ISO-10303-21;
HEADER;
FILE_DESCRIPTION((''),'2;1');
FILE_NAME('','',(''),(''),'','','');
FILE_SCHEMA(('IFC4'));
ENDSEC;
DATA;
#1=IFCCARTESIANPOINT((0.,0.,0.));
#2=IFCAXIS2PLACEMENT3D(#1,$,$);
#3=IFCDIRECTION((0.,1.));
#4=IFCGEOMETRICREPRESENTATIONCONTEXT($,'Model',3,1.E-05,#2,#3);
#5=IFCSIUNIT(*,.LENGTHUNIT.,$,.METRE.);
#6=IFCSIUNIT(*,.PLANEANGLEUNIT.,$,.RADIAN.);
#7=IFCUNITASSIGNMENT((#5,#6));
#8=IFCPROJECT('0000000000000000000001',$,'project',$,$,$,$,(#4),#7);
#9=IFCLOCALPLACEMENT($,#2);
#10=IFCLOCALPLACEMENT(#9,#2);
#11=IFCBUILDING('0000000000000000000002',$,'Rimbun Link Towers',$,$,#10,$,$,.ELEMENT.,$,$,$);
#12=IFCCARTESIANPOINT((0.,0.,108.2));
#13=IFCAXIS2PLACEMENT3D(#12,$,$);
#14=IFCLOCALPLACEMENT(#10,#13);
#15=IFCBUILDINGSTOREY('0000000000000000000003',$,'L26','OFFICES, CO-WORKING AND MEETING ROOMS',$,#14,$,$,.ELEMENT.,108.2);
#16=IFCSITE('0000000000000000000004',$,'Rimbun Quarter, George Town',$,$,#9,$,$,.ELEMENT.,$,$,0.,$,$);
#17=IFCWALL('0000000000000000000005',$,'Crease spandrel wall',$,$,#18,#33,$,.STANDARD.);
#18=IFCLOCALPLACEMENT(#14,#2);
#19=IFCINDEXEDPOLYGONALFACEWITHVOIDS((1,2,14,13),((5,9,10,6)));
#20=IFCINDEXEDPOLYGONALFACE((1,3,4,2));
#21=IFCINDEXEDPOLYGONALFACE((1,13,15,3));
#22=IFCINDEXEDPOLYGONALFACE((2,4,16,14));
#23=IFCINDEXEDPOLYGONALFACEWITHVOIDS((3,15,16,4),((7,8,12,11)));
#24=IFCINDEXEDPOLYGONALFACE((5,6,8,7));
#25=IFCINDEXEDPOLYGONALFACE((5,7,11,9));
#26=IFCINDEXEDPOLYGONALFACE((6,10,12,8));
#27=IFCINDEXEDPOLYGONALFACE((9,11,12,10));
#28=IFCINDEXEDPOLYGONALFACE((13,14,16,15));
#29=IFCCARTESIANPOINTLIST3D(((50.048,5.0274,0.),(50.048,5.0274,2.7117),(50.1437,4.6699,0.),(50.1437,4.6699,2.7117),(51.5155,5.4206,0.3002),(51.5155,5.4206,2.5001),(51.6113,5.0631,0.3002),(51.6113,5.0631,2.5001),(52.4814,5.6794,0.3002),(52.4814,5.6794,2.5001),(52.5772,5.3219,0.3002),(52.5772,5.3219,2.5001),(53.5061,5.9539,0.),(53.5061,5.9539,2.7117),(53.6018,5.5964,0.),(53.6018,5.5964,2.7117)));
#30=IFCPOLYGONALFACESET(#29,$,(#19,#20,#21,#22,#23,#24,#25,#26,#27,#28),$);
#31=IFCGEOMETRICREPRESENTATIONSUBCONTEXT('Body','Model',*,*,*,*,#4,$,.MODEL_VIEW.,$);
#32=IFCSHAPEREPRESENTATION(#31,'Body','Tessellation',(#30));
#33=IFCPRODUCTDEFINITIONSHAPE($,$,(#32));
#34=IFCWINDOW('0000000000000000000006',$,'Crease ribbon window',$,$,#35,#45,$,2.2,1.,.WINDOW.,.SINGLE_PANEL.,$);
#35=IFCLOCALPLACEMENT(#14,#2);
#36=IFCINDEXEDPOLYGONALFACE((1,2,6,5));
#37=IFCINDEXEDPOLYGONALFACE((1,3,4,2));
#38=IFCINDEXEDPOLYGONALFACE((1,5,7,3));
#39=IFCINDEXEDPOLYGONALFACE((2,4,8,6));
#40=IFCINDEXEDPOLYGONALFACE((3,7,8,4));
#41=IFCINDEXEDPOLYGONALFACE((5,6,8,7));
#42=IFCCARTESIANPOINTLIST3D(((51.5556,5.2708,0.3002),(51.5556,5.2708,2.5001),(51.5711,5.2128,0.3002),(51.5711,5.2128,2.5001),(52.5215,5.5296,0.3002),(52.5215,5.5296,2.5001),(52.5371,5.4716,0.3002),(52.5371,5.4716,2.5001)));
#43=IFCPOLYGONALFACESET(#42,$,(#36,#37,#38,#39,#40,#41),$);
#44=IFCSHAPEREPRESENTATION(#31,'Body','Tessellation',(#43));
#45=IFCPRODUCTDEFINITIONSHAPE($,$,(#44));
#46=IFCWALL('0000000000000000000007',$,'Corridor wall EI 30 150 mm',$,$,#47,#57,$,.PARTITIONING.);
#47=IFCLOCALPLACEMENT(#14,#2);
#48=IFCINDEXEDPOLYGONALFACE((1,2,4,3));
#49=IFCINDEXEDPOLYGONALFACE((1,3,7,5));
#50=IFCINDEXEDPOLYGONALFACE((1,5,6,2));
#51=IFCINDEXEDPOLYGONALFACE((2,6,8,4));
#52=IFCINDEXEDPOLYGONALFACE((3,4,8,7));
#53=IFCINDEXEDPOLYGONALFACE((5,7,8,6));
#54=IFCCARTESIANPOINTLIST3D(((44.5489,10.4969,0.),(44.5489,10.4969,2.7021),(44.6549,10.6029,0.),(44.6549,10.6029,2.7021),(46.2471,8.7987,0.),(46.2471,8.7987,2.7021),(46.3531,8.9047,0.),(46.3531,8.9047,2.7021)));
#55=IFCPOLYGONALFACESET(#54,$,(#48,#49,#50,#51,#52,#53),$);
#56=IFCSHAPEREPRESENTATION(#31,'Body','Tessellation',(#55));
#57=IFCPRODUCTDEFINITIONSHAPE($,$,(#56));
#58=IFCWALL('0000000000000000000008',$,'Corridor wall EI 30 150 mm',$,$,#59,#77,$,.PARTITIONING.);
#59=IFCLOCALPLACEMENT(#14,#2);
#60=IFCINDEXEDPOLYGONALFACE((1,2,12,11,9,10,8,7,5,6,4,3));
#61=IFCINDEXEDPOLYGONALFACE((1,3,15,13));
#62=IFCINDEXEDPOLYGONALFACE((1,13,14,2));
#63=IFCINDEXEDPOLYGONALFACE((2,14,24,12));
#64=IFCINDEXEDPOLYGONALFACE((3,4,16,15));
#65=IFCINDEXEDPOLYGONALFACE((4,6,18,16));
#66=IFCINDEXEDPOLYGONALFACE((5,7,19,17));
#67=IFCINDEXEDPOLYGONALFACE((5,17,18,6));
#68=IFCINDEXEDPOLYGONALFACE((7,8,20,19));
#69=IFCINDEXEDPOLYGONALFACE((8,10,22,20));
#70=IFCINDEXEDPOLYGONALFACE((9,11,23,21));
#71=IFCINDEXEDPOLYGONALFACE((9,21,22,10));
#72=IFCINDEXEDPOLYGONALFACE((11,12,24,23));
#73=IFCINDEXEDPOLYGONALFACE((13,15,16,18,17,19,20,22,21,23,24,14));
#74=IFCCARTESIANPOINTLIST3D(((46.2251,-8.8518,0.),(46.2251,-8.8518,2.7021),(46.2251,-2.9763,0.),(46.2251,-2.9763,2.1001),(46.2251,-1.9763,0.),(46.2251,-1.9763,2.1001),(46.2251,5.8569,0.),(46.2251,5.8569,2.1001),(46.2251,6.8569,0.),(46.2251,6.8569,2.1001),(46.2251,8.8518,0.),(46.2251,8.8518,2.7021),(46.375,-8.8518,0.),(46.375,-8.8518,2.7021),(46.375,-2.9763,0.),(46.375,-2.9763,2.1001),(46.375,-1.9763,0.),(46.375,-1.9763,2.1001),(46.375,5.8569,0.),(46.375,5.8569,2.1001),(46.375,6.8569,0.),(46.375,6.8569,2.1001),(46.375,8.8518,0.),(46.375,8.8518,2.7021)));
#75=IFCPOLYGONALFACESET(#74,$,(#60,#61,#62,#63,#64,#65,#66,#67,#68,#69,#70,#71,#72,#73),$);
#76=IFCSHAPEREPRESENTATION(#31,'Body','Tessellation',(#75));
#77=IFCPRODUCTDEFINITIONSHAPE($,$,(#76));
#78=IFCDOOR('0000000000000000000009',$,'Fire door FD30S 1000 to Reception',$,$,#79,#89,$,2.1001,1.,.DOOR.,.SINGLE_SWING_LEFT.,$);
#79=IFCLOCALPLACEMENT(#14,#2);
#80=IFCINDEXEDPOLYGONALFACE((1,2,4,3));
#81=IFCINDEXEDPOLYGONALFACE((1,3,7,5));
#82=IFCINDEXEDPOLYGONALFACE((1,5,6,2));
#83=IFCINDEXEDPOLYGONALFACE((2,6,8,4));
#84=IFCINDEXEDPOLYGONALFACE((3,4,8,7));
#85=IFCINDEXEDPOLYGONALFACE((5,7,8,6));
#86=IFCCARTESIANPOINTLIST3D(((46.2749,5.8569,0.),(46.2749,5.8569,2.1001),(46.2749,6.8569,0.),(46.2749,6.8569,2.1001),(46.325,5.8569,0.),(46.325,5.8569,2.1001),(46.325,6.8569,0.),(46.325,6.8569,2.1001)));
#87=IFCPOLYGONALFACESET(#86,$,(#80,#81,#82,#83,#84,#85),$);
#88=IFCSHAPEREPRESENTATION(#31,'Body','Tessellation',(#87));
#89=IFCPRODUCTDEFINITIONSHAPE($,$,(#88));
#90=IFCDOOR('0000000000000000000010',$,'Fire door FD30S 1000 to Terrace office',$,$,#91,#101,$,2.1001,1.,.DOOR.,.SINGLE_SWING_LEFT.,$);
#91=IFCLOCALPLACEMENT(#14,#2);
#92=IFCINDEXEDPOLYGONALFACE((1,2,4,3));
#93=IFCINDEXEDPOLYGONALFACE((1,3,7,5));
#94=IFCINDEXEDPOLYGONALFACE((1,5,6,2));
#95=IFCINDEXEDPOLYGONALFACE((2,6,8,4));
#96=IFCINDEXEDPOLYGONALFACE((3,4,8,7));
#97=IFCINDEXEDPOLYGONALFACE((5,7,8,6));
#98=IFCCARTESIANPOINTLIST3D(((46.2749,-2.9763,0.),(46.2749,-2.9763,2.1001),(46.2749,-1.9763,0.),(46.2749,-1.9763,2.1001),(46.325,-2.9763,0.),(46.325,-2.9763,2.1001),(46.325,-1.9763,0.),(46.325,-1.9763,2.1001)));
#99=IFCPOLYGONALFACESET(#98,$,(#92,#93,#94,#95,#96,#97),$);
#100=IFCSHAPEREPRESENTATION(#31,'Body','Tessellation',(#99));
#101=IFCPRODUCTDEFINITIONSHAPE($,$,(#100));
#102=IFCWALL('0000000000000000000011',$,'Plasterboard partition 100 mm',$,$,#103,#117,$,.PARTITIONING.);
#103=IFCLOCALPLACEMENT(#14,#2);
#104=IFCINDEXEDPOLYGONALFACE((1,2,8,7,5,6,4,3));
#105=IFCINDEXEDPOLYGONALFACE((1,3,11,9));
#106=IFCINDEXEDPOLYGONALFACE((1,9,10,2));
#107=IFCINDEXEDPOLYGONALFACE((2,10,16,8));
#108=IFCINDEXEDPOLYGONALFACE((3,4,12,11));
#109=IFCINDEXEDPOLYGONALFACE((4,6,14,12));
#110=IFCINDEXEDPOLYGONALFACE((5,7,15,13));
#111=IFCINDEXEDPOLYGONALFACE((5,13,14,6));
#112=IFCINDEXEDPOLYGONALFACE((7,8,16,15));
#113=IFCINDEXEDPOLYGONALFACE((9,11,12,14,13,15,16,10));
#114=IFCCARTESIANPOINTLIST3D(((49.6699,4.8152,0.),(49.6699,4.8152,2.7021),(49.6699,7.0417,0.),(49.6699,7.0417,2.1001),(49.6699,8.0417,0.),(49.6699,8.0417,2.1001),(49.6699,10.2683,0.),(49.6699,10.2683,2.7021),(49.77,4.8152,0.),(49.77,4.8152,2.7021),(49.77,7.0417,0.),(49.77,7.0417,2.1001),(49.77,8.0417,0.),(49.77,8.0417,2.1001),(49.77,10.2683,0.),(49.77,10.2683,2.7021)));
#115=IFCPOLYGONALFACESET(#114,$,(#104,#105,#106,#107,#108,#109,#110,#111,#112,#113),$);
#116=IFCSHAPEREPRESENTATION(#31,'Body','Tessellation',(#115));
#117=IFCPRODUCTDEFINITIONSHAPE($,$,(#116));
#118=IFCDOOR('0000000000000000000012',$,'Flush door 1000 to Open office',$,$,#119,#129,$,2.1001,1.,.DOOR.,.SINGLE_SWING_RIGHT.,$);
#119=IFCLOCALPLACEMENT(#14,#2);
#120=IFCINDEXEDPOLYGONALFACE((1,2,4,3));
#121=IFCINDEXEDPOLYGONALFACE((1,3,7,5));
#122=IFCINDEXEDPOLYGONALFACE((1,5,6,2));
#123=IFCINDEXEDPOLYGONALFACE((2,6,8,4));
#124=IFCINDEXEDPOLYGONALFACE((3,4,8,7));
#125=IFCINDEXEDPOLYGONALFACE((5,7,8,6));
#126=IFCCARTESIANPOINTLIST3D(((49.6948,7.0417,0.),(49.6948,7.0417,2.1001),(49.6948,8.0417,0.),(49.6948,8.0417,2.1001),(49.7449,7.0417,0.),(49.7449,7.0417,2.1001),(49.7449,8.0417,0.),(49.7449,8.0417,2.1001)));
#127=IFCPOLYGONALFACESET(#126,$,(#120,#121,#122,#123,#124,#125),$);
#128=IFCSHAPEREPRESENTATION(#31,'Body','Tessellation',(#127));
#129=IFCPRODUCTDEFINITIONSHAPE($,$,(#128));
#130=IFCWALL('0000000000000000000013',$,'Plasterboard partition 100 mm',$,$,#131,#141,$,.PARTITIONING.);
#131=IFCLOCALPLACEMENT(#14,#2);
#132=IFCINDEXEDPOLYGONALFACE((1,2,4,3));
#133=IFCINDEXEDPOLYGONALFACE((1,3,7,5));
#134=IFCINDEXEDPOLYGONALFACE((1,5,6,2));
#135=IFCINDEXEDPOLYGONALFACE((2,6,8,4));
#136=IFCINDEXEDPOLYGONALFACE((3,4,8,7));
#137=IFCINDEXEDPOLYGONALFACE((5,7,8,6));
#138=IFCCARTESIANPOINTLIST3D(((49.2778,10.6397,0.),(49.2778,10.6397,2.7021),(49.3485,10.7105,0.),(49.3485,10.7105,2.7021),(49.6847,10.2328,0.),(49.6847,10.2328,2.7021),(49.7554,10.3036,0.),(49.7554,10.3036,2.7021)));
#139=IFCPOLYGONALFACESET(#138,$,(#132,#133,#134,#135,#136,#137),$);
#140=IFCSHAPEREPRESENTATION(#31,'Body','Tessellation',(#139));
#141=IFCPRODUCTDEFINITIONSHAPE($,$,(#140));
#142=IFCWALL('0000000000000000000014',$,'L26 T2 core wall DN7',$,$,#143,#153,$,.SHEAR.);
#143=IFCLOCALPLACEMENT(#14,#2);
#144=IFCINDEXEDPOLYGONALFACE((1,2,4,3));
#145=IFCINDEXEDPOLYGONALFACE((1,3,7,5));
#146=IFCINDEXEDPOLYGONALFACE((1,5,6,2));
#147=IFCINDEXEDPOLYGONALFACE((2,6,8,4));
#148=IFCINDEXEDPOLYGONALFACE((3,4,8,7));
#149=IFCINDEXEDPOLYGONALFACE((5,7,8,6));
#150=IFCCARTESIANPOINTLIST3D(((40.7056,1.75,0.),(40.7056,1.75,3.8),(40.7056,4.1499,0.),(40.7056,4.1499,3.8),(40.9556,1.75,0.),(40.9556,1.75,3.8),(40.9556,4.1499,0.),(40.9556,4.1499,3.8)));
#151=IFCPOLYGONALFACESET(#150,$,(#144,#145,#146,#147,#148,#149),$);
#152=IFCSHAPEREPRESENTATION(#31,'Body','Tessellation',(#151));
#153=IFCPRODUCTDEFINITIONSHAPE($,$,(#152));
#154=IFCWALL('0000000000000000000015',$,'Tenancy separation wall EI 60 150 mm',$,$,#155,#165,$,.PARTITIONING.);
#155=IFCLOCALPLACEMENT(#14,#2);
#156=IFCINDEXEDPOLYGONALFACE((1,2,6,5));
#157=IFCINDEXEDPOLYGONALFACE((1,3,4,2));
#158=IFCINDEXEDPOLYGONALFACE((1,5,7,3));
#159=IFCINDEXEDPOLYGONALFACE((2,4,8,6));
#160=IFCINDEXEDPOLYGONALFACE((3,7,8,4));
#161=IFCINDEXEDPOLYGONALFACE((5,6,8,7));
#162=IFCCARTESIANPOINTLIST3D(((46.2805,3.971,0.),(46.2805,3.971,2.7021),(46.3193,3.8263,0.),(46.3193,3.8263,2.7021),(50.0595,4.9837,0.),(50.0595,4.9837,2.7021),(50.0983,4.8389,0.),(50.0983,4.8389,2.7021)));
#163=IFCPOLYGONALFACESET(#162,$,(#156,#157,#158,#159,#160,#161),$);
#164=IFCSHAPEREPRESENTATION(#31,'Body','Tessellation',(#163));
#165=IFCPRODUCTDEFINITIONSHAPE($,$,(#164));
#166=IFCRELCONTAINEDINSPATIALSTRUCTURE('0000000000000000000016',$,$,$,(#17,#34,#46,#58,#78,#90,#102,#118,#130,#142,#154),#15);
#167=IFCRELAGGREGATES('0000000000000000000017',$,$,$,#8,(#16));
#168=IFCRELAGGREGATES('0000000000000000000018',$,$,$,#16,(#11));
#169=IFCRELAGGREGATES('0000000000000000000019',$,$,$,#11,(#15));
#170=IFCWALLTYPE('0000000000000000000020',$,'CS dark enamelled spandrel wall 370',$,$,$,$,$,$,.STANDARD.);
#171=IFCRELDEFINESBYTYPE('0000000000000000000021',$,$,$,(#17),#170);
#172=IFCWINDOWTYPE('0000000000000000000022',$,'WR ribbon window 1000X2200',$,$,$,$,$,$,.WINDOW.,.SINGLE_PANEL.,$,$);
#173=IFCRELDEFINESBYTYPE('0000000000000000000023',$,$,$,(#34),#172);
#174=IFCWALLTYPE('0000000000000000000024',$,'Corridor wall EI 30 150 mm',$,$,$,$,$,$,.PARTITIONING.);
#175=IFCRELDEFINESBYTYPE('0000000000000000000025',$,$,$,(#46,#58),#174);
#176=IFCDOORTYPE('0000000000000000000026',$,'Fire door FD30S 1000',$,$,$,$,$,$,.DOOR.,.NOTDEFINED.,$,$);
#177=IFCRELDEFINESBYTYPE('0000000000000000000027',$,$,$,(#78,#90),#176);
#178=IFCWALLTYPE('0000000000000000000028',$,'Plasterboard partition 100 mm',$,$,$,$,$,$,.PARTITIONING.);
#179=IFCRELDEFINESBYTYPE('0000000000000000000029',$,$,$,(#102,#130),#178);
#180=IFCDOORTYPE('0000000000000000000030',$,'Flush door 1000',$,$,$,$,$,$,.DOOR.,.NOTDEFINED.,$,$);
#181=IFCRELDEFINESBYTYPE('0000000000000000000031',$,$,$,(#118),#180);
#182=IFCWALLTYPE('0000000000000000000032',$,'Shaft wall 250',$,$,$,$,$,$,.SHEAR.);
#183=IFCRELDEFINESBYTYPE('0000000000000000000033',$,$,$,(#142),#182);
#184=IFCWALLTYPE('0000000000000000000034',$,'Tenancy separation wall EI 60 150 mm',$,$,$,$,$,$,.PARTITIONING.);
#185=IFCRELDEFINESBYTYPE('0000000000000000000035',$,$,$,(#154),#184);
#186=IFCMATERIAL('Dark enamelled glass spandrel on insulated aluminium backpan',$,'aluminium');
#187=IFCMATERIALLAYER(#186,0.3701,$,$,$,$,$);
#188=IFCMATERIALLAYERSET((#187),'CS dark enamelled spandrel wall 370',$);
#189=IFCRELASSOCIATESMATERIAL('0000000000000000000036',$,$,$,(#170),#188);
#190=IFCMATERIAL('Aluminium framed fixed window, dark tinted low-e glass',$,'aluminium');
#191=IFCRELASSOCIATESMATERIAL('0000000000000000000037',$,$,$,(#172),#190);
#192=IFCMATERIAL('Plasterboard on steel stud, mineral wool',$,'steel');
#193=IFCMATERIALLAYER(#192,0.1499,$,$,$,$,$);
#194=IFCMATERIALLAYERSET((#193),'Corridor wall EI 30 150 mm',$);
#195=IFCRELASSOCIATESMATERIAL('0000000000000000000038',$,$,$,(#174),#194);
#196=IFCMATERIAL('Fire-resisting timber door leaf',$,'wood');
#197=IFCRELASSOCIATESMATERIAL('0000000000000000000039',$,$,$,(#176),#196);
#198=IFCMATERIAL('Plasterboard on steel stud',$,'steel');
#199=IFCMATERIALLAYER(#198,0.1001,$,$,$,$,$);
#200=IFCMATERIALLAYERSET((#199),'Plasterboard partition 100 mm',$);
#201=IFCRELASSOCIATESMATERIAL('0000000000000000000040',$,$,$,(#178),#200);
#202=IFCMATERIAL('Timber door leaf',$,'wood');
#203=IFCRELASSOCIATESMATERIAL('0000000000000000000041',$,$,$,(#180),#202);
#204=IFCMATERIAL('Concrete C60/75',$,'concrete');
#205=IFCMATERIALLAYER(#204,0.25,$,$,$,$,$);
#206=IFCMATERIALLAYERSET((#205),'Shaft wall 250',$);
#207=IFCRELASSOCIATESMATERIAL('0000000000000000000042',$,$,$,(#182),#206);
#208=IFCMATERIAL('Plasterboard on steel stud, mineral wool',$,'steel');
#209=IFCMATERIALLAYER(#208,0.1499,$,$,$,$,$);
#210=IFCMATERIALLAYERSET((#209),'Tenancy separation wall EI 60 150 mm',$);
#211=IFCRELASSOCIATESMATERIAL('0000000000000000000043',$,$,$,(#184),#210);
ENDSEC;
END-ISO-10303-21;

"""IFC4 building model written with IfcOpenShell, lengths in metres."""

from ifc_helpers import new_model, si_unit, direction, frame, frame_2d, origin, place, context, subcontext, project, spatial, rectangle, extrude, material, layer, layer_set, type_object, element, fill, save


model = new_model("IFC4")

# Units and contexts
model_context = context("Model", 3, precision=1e-05, world=origin(), true_north=direction((0.0, 1.0)))
body_context = subcontext(model_context, "Body", "Model", "MODEL_VIEW")
ifc_project = project(units=[si_unit("LENGTHUNIT", "METRE"), si_unit("PLANEANGLEUNIT", "RADIAN")], contexts=[model_context])

# Site, building, storey
site_placement = place(None, origin())
site = spatial("IfcSite", under=ifc_project, at=site_placement, Name="Rimbun Quarter, George Town", CompositionType="ELEMENT", RefElevation=0.0)
building_placement = place(site_placement, origin())
building = spatial("IfcBuilding", under=site, at=building_placement, Name="Rimbun Link Towers", CompositionType="ELEMENT")
storey_placement = place(building_placement, frame((0.0, 0.0, 108.2)))
storey = spatial("IfcBuildingStorey", under=building, at=storey_placement, Name="L26", Description="OFFICES, CO-WORKING AND MEETING ROOMS", CompositionType="ELEMENT", Elevation=108.2)

# Wall, opening, window
ifc_material_1 = material(Name="Dark enamelled glass spandrel on insulated aluminium backpan", Category="aluminium")
ifc_layer_1 = layer(ifc_material_1, 0.3701)
ifc_layer_set_1 = layer_set([ifc_layer_1], Name="CS dark enamelled spandrel wall 370")
wall_type_1 = type_object("IfcWallType", Name="CS dark enamelled spandrel wall 370", PredefinedType="STANDARD", material=ifc_layer_set_1)
wall_1_placement = place(storey_placement, frame((53.554, 5.7751, 0.0), z_axis=(0.0, 0.0, 1.0), x_axis=(-0.96593, -0.258804, 0.0)))
wall_1 = element("IfcWall", 1, at=wall_1_placement, inside=storey, type_object=wall_type_1, Name="Crease spandrel wall", PredefinedType="STANDARD", context=body_context, shape_type="SweptSolid", body=[
    extrude(rectangle(XDim=3.5801, YDim=0.3701, at=frame_2d((1.79, 0.0))), origin(), (0.0, 0.0, 1.0), 2.7117),
])
opening_1_placement = place(wall_1_placement, frame((1.0608, 0.0, 0.3)))
opening_1 = element("IfcOpeningElement", 2, at=opening_1_placement, cuts=wall_1, PredefinedType="OPENING", context=body_context, shape_type="SweptSolid", body=[
    extrude(rectangle(XDim=1.0, YDim=2.2, at=frame_2d((0.5, 1.1001))), frame((0.0, 0.1951, 0.0), z_axis=(0.0, -1.0, 0.0), x_axis=(1.0, 0.0, 0.0)), (0.0, 0.0, 1.0), 0.3901),
])
ifc_material_2 = material(Name="Aluminium framed fixed window, dark tinted low-e glass", Category="aluminium")
window_type_1 = type_object("IfcWindowType", Name="WR ribbon window 1000X2200", PartitioningType="SINGLE_PANEL", PredefinedType="WINDOW", material=ifc_material_2)
window_1_placement = place(opening_1_placement, origin())
window_1 = element("IfcWindow", 3, at=window_1_placement, inside=storey, type_object=window_type_1, Name="Crease ribbon window", OverallHeight=2.2, OverallWidth=1.0, PartitioningType="SINGLE_PANEL", PredefinedType="WINDOW", context=body_context, shape_type="SweptSolid", body=[
    extrude(rectangle(XDim=1.0, YDim=2.2, at=frame_2d((0.5, 1.1001))), frame((0.0, 0.03, 0.0), z_axis=(0.0, -1.0, 0.0), x_axis=(1.0, 0.0, 0.0)), (0.0, 0.0, 1.0), 0.0601),
])
fill(opening_1, window_1)

# Wall
ifc_material_3 = material(Name="Plasterboard on steel stud, mineral wool", Category="steel")
ifc_layer_2 = layer(ifc_material_3, 0.1499)
ifc_layer_set_2 = layer_set([ifc_layer_2], Name="Corridor wall EI 30 150 mm")
wall_type_2 = type_object("IfcWallType", Name="Corridor wall EI 30 150 mm", PredefinedType="PARTITIONING", material=ifc_layer_set_2)
wall_2_placement = place(storey_placement, frame((46.3, 8.8518, 0.0), z_axis=(0.0, 0.0, 1.0), x_axis=(-0.707107, 0.707107, 0.0)))
element("IfcWall", 4, at=wall_2_placement, inside=storey, type_object=wall_type_2, Name="Corridor wall EI 30 150 mm", PredefinedType="PARTITIONING", context=body_context, shape_type="SweptSolid", body=[
    extrude(rectangle(XDim=2.4016, YDim=0.1499, at=frame_2d((1.2007, 0.0))), origin(), (0.0, 0.0, 1.0), 2.7021),
])

# Wall, openings, doors
wall_3_placement = place(storey_placement, frame((46.3, 8.8518, 0.0), z_axis=(0.0, 0.0, 1.0), x_axis=(0.0, -1.0, 0.0)))
wall_3 = element("IfcWall", 5, at=wall_3_placement, inside=storey, type_object=wall_type_2, Name="Corridor wall EI 30 150 mm", PredefinedType="PARTITIONING", context=body_context, shape_type="SweptSolid", body=[
    extrude(rectangle(XDim=17.7036, YDim=0.1499, at=frame_2d((8.8518, 0.0))), origin(), (0.0, 0.0, 1.0), 2.7021),
])
opening_2_placement = place(wall_3_placement, frame((1.9949, 0.0, 0.0)))
opening_2 = element("IfcOpeningElement", 6, at=opening_2_placement, cuts=wall_3, PredefinedType="OPENING", context=body_context, shape_type="SweptSolid", body=[
    extrude(rectangle(XDim=1.0, YDim=2.1001, at=frame_2d((0.5, 1.05))), frame((0.0, 0.085, 0.0), z_axis=(0.0, -1.0, 0.0), x_axis=(1.0, 0.0, 0.0)), (0.0, 0.0, 1.0), 0.1699),
])
opening_3_placement = place(wall_3_placement, frame((10.8281, 0.0, 0.0)))
opening_3 = element("IfcOpeningElement", 7, at=opening_3_placement, cuts=wall_3, PredefinedType="OPENING", context=body_context, shape_type="SweptSolid", body=[
    extrude(rectangle(XDim=1.0, YDim=2.1001, at=frame_2d((0.5, 1.05))), frame((0.0, 0.085, 0.0), z_axis=(0.0, -1.0, 0.0), x_axis=(1.0, 0.0, 0.0)), (0.0, 0.0, 1.0), 0.1699),
])
ifc_material_4 = material(Name="Fire-resisting timber door leaf", Category="wood")
door_type_1 = type_object("IfcDoorType", Name="Fire door FD30S 1000", OperationType="NOTDEFINED", PredefinedType="DOOR", material=ifc_material_4)
door_1_placement = place(opening_2_placement, origin())
door_1 = element("IfcDoor", 8, at=door_1_placement, inside=storey, type_object=door_type_1, Name="Fire door FD30S 1000 to Reception", OperationType="SINGLE_SWING_LEFT", OverallHeight=2.1001, OverallWidth=1.0, PredefinedType="DOOR", context=body_context, shape_type="SweptSolid", body=[
    extrude(rectangle(XDim=1.0, YDim=2.1001, at=frame_2d((0.5, 1.05))), frame((0.0, 0.0249, 0.0), z_axis=(0.0, -1.0, 0.0), x_axis=(1.0, 0.0, 0.0)), (0.0, 0.0, 1.0), 0.05),
])
fill(opening_2, door_1)
door_2_placement = place(opening_3_placement, origin())
door_2 = element("IfcDoor", 9, at=door_2_placement, inside=storey, type_object=door_type_1, Name="Fire door FD30S 1000 to Terrace office", OperationType="SINGLE_SWING_LEFT", OverallHeight=2.1001, OverallWidth=1.0, PredefinedType="DOOR", context=body_context, shape_type="SweptSolid", body=[
    extrude(rectangle(XDim=1.0, YDim=2.1001, at=frame_2d((0.5, 1.05))), frame((0.0, 0.0249, 0.0), z_axis=(0.0, -1.0, 0.0), x_axis=(1.0, 0.0, 0.0)), (0.0, 0.0, 1.0), 0.05),
])
fill(opening_3, door_2)

# Wall, opening, door
ifc_material_5 = material(Name="Plasterboard on steel stud", Category="steel")
ifc_layer_3 = layer(ifc_material_5, 0.1001)
ifc_layer_set_3 = layer_set([ifc_layer_3], Name="Plasterboard partition 100 mm")
wall_type_3 = type_object("IfcWallType", Name="Plasterboard partition 100 mm", PredefinedType="PARTITIONING", material=ifc_layer_set_3)
wall_4_placement = place(storey_placement, frame((49.72, 10.2683, 0.0), z_axis=(0.0, 0.0, 1.0), x_axis=(0.0, -1.0, 0.0)))
wall_4 = element("IfcWall", 10, at=wall_4_placement, inside=storey, type_object=wall_type_3, Name="Plasterboard partition 100 mm", PredefinedType="PARTITIONING", context=body_context, shape_type="SweptSolid", body=[
    extrude(rectangle(XDim=5.4531, YDim=0.1001, at=frame_2d((2.7266, 0.0))), origin(), (0.0, 0.0, 1.0), 2.7021),
])
opening_4_placement = place(wall_4_placement, frame((2.2266, 0.0, 0.0)))
opening_4 = element("IfcOpeningElement", 11, at=opening_4_placement, cuts=wall_4, PredefinedType="OPENING", context=body_context, shape_type="SweptSolid", body=[
    extrude(rectangle(XDim=1.0, YDim=2.1001, at=frame_2d((0.5, 1.05))), frame((0.0, 0.0601, 0.0), z_axis=(0.0, -1.0, 0.0), x_axis=(1.0, 0.0, 0.0)), (0.0, 0.0, 1.0), 0.1201),
])
ifc_material_6 = material(Name="Timber door leaf", Category="wood")
door_type_2 = type_object("IfcDoorType", Name="Flush door 1000", OperationType="NOTDEFINED", PredefinedType="DOOR", material=ifc_material_6)
door_3_placement = place(opening_4_placement, origin())
door_3 = element("IfcDoor", 12, at=door_3_placement, inside=storey, type_object=door_type_2, Name="Flush door 1000 to Open office", OperationType="SINGLE_SWING_RIGHT", OverallHeight=2.1001, OverallWidth=1.0, PredefinedType="DOOR", context=body_context, shape_type="SweptSolid", body=[
    extrude(rectangle(XDim=1.0, YDim=2.1001, at=frame_2d((0.5, 1.05))), frame((0.0, 0.0249, 0.0), z_axis=(0.0, -1.0, 0.0), x_axis=(1.0, 0.0, 0.0)), (0.0, 0.0, 1.0), 0.05),
])
fill(opening_4, door_3)

# Walls
wall_5_placement = place(storey_placement, frame((49.72, 10.2683, 0.0), z_axis=(0.0, 0.0, 1.0), x_axis=(-0.707107, 0.707107, 0.0)))
element("IfcWall", 13, at=wall_5_placement, inside=storey, type_object=wall_type_3, Name="Plasterboard partition 100 mm", PredefinedType="PARTITIONING", context=body_context, shape_type="SweptSolid", body=[
    extrude(rectangle(XDim=0.5754, YDim=0.1001, at=frame_2d((0.2876, 0.0))), origin(), (0.0, 0.0, 1.0), 2.7021),
])
ifc_material_7 = material(Name="Concrete C60/75", Category="concrete")
ifc_layer_4 = layer(ifc_material_7, 0.25)
ifc_layer_set_4 = layer_set([ifc_layer_4], Name="Shaft wall 250")
wall_type_4 = type_object("IfcWallType", Name="Shaft wall 250", PredefinedType="SHEAR", material=ifc_layer_set_4)
wall_6_placement = place(storey_placement, frame((40.8306, 1.75, 0.0), z_axis=(0.0, 0.0, 1.0), x_axis=(0.0, 1.0, 0.0)))
element("IfcWall", 14, at=wall_6_placement, inside=storey, type_object=wall_type_4, Name="L26 T2 core wall DN7", PredefinedType="SHEAR", context=body_context, shape_type="SweptSolid", body=[
    extrude(rectangle(XDim=2.3999, YDim=0.25, at=frame_2d((1.2, 0.0))), origin(), (0.0, 0.0, 1.0), 3.8),
])
ifc_material_8 = material(Name="Plasterboard on steel stud, mineral wool", Category="steel")
ifc_layer_5 = layer(ifc_material_8, 0.1499)
ifc_layer_set_5 = layer_set([ifc_layer_5], Name="Tenancy separation wall EI 60 150 mm")
wall_type_5 = type_object("IfcWallType", Name="Tenancy separation wall EI 60 150 mm", PredefinedType="PARTITIONING", material=ifc_layer_set_5)
wall_7_placement = place(storey_placement, frame((46.3, 3.8987, 0.0), z_axis=(0.0, 0.0, 1.0), x_axis=(0.965919, 0.258843, 0.0)))
element("IfcWall", 15, at=wall_7_placement, inside=storey, type_object=wall_type_5, Name="Tenancy separation wall EI 60 150 mm", PredefinedType="PARTITIONING", context=body_context, shape_type="SweptSolid", body=[
    extrude(rectangle(XDim=3.9124, YDim=0.1499, at=frame_2d((1.9561, 0.0))), origin(), (0.0, 0.0, 1.0), 2.7021),
])

save(model, "model.ifc")
